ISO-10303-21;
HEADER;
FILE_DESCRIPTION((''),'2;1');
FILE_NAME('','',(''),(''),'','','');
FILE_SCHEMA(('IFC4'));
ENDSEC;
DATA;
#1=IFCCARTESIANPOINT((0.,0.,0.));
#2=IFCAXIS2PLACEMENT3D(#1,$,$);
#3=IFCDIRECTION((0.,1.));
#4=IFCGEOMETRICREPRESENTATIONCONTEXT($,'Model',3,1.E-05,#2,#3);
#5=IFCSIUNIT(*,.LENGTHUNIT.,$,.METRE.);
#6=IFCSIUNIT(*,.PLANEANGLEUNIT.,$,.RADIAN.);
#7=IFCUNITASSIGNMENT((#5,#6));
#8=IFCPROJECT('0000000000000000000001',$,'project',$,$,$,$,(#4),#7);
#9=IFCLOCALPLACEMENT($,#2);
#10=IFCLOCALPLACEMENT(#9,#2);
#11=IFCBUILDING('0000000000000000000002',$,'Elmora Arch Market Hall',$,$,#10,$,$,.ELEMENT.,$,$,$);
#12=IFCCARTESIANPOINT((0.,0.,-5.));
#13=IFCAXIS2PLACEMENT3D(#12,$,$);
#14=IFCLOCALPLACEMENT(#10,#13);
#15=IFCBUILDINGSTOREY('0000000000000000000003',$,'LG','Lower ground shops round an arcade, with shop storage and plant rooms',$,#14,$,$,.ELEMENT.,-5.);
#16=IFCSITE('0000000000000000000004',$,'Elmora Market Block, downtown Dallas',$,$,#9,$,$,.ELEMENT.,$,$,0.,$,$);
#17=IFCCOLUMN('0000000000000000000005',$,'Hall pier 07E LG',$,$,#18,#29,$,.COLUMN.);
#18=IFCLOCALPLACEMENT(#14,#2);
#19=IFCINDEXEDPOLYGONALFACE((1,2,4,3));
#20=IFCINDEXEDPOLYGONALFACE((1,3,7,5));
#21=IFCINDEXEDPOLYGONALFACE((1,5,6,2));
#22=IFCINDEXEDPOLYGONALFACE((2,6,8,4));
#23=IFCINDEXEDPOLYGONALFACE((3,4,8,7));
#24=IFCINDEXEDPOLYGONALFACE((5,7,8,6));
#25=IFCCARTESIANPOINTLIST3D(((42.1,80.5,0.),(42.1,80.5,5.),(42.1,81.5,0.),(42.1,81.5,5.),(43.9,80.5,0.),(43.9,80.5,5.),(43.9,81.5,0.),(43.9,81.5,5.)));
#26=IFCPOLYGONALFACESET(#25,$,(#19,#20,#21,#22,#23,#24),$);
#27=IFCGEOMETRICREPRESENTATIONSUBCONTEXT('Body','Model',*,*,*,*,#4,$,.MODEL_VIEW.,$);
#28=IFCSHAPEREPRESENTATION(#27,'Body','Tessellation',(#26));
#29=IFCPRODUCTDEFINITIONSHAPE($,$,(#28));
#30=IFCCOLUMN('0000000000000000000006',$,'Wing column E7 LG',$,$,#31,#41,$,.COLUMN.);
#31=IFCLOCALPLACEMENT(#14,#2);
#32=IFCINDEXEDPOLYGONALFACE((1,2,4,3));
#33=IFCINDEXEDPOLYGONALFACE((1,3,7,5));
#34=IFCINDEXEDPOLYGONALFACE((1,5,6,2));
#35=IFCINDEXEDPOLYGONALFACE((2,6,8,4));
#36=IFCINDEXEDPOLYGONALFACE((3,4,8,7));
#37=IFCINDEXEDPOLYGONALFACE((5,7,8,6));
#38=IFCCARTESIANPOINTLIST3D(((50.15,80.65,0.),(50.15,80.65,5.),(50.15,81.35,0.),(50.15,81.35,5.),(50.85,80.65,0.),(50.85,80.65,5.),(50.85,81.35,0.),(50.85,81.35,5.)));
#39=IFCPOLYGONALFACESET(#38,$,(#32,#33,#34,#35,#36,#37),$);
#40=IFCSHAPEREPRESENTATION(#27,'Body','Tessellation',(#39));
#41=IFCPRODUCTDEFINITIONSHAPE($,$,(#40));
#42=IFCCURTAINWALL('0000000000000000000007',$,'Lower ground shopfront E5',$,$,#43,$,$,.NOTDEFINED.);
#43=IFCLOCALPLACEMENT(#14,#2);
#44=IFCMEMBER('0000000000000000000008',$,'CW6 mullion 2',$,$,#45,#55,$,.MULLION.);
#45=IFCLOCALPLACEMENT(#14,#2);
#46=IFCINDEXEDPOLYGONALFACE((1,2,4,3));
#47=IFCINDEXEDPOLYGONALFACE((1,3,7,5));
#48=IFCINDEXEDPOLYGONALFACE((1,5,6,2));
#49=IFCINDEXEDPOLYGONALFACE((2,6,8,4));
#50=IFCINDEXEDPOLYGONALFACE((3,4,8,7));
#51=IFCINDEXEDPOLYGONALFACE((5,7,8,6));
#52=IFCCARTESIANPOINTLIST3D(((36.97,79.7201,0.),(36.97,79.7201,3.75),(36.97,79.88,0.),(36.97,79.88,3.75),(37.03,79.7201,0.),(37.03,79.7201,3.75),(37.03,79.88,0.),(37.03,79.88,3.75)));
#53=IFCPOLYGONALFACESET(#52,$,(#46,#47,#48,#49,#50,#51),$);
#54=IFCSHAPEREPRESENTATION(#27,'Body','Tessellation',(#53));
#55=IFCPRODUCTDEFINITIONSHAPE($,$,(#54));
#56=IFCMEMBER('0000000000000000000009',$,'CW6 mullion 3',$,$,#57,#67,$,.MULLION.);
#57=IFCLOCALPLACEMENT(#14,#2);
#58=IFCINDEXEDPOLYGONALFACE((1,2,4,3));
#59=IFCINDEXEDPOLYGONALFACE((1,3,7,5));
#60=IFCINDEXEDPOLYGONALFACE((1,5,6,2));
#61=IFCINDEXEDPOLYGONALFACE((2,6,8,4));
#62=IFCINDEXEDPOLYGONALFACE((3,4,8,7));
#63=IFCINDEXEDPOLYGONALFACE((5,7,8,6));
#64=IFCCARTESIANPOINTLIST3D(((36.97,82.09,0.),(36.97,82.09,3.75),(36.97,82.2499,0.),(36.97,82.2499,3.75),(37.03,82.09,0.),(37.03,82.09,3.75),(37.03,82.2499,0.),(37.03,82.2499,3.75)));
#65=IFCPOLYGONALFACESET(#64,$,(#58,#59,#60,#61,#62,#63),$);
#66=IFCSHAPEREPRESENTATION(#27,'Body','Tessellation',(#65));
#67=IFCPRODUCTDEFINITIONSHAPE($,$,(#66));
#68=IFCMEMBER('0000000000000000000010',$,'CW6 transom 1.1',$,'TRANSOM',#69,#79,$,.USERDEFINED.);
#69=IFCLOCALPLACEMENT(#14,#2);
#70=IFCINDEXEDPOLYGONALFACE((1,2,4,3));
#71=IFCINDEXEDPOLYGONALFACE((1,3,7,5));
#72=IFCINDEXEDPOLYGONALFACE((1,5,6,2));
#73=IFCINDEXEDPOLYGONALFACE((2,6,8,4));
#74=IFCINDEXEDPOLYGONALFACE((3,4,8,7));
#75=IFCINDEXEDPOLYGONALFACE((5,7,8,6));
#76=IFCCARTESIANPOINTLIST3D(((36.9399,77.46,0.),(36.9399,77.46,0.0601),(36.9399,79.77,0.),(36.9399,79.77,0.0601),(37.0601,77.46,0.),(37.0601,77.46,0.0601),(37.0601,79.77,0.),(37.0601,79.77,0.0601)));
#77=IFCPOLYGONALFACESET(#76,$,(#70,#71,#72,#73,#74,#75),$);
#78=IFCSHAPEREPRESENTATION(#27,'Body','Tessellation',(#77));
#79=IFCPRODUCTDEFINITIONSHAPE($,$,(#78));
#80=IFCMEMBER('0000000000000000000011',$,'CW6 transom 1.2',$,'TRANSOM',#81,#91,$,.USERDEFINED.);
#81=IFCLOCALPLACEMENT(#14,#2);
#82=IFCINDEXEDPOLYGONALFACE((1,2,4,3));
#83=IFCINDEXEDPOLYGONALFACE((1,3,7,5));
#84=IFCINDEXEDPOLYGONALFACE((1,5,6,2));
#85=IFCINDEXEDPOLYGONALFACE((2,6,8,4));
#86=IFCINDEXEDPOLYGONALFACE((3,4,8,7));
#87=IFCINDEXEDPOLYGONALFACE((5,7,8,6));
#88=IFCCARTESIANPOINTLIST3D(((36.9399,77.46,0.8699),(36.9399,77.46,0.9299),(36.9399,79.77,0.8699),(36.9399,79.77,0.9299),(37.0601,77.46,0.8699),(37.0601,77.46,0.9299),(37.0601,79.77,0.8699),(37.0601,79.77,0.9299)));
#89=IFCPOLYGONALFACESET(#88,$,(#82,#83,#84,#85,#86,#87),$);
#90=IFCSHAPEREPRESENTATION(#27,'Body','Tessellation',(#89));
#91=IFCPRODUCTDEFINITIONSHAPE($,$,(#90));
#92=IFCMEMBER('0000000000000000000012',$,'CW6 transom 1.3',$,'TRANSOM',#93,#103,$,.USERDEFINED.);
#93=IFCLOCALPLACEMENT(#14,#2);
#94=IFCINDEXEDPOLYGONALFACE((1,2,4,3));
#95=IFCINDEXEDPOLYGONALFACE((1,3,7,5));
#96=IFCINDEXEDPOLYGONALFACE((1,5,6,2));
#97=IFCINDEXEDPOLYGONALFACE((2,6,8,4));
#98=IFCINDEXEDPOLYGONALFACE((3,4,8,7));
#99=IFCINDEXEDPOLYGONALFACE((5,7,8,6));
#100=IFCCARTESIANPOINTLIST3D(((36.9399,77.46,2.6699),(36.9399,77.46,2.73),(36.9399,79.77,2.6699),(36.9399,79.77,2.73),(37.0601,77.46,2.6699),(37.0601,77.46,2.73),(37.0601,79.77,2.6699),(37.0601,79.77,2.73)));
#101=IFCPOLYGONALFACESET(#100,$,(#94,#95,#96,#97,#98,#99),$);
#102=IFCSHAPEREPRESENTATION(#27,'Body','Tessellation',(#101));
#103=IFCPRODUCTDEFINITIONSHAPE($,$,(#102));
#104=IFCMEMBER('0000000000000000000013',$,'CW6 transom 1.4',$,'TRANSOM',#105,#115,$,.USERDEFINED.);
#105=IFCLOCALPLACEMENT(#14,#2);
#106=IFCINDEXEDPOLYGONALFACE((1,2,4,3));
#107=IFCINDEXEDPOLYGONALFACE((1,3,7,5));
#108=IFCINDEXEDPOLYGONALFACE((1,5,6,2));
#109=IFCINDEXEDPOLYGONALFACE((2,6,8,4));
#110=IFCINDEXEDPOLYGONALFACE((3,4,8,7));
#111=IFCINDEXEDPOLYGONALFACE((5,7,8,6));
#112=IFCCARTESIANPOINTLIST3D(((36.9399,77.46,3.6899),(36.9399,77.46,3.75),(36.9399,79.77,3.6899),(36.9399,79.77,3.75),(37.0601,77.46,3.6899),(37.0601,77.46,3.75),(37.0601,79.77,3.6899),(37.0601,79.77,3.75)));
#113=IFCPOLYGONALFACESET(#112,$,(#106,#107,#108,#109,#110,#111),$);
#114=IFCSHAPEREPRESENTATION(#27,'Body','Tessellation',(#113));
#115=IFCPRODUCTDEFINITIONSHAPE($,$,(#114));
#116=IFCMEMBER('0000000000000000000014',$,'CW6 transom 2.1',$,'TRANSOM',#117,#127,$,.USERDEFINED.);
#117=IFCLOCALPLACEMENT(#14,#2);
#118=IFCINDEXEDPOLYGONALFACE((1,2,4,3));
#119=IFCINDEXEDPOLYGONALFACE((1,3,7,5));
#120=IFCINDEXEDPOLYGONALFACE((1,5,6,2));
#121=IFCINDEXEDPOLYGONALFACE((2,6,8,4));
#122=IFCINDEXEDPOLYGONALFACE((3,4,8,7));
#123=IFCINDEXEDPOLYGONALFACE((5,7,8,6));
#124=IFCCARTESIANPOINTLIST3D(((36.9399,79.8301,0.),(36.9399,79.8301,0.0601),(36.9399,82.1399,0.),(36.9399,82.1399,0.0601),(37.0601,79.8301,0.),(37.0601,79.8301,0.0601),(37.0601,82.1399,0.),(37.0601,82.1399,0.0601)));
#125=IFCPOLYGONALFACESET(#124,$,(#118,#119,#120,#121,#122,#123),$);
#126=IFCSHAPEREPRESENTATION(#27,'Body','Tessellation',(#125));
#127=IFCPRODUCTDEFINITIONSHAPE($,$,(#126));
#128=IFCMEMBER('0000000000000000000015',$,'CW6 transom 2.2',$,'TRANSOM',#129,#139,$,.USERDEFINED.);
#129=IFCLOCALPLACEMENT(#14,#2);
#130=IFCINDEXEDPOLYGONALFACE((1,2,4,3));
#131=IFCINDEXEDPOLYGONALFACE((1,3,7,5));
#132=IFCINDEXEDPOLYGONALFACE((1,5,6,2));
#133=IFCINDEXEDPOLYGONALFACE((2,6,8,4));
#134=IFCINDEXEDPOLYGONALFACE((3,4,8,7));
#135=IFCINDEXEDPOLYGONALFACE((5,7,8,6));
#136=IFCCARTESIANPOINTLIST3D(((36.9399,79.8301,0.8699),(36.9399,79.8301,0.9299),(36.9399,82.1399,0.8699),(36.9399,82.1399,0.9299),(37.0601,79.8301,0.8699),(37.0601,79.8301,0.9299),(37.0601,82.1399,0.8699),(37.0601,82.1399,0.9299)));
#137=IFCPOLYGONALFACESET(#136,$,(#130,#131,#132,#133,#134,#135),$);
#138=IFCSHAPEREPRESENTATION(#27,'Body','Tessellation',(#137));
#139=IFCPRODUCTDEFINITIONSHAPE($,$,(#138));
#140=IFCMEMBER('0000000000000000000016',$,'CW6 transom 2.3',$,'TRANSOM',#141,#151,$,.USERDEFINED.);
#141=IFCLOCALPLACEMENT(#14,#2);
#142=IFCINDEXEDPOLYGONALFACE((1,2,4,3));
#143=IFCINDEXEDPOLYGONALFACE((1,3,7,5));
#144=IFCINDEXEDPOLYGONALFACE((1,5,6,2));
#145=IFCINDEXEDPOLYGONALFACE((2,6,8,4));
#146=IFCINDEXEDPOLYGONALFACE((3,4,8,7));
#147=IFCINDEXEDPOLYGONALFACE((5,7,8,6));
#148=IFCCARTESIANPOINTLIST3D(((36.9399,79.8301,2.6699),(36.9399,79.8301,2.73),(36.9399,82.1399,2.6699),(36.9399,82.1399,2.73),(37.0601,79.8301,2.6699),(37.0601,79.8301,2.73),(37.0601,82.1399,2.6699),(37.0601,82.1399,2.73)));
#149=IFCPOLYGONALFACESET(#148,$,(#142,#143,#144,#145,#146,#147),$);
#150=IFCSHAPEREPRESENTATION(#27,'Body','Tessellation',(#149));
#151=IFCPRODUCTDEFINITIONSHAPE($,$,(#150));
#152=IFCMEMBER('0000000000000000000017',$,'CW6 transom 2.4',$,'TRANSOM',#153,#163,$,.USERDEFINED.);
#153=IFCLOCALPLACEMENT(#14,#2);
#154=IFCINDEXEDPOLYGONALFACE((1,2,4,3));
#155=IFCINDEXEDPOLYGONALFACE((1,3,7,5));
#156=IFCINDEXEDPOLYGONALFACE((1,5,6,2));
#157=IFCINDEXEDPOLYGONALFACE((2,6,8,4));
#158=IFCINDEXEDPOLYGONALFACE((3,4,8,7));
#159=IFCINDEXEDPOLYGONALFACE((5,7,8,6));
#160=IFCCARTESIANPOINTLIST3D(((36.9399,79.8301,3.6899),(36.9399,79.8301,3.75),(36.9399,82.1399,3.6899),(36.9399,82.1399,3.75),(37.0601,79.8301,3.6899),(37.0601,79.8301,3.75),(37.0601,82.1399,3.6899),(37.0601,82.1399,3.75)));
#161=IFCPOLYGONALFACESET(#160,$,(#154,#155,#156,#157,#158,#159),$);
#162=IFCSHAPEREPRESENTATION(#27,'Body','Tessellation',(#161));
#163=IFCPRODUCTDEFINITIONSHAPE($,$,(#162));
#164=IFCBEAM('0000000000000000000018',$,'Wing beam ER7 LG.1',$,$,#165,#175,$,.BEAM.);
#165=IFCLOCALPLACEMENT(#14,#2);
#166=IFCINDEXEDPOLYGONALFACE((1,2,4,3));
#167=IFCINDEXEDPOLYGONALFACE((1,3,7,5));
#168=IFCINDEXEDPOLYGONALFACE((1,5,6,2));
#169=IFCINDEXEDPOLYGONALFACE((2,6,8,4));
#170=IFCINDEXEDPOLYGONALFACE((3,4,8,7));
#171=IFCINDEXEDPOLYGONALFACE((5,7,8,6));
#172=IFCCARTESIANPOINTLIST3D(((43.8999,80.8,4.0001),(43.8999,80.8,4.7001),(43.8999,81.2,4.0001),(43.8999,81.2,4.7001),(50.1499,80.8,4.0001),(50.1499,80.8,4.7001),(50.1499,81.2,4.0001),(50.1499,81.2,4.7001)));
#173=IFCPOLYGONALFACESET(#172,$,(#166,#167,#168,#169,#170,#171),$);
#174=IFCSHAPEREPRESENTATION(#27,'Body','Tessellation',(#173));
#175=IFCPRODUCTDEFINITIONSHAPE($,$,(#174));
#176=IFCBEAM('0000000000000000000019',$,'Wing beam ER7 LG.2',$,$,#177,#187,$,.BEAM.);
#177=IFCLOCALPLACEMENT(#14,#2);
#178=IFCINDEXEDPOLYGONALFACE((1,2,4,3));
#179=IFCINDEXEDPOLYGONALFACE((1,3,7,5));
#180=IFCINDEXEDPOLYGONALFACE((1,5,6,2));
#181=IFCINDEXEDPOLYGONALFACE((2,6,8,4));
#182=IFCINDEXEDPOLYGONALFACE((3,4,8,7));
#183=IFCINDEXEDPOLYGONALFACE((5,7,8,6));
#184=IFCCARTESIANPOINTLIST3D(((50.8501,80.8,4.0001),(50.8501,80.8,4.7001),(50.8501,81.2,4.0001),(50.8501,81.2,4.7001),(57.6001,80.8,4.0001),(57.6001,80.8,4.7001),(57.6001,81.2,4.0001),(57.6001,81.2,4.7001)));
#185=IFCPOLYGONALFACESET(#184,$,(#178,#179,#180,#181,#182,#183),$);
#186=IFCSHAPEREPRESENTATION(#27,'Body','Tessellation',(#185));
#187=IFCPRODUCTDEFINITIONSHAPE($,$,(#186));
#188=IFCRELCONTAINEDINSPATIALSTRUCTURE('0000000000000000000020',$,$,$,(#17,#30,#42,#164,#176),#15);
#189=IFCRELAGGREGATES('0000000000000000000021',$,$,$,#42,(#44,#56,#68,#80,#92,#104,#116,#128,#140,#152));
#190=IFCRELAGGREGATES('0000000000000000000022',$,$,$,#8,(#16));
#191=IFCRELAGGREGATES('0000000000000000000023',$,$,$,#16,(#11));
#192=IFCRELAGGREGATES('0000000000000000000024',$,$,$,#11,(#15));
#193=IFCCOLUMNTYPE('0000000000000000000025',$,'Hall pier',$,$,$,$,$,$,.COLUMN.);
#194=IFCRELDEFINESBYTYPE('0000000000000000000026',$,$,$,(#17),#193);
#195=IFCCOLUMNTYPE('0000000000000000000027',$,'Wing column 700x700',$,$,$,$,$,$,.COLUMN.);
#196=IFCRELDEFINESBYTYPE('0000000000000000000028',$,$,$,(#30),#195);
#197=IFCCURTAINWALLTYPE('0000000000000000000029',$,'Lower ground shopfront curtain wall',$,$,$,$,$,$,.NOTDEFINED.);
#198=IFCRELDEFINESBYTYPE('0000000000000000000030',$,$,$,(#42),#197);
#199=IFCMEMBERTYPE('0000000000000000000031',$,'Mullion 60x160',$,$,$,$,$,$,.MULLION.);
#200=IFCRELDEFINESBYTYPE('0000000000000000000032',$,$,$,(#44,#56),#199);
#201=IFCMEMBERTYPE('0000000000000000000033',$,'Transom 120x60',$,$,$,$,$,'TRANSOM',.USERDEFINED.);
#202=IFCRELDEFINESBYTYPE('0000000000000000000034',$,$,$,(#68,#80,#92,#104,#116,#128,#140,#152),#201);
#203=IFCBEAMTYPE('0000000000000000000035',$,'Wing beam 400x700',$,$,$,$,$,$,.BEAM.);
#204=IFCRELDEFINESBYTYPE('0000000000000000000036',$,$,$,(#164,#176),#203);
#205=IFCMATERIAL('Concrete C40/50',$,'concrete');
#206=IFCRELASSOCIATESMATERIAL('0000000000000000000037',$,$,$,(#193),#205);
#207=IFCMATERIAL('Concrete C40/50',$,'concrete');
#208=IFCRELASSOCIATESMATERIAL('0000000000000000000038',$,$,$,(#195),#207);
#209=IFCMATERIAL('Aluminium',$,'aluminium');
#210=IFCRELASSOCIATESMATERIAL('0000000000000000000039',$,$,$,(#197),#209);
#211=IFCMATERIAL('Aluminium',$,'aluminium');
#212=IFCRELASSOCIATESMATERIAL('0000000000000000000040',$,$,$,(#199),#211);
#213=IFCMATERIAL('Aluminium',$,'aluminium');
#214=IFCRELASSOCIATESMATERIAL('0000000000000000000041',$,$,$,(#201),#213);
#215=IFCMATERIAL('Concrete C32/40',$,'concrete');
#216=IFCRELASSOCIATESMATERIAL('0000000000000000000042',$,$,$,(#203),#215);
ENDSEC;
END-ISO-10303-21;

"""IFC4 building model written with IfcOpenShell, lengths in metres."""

from ifc_helpers import new_model, si_unit, direction, frame, origin, origin_2d, place, context, subcontext, project, spatial, rectangle, extrude, material, material_profile, profile_set, type_object, element, aggregate, save


model = new_model("IFC4")

# Units and contexts
model_context = context("Model", 3, precision=1e-05, world=origin(), true_north=direction((0.0, 1.0)))
body_context = subcontext(model_context, "Body", "Model", "MODEL_VIEW")
ifc_project = project(units=[si_unit("LENGTHUNIT", "METRE"), si_unit("PLANEANGLEUNIT", "RADIAN")], contexts=[model_context])

# Site, building, storey
site_placement = place(None, origin())
site = spatial("IfcSite", under=ifc_project, at=site_placement, Name="Elmora Market Block, downtown Dallas", CompositionType="ELEMENT", RefElevation=0.0)
building_placement = place(site_placement, origin())
building = spatial("IfcBuilding", under=site, at=building_placement, Name="Elmora Arch Market Hall", CompositionType="ELEMENT")
storey_placement = place(building_placement, frame((0.0, 0.0, -5.0)))
storey = spatial("IfcBuildingStorey", under=building, at=storey_placement, Name="LG", Description="Lower ground shops round an arcade, with shop storage and plant rooms", CompositionType="ELEMENT", Elevation=-5.0)

# Columns
ifc_material_1 = material(Name="Concrete C40/50", Category="concrete")
ifc_material_profile_1 = material_profile(ifc_material_1, rectangle(XDim=1.8, YDim=1.0, at=origin_2d()), Name="Hall pier")
ifc_profile_set_1 = profile_set([ifc_material_profile_1], Name="Concrete C40/50")
column_type_1 = type_object("IfcColumnType", Name="Hall pier", PredefinedType="COLUMN", material=ifc_profile_set_1)
column_1_placement = place(storey_placement, frame((43.0, 81.0, 0.0), z_axis=(0.0, 0.0, 1.0), x_axis=(1.0, 0.0, 0.0)))
element("IfcColumn", 1, at=column_1_placement, inside=storey, type_object=column_type_1, Name="Hall pier 07E LG", PredefinedType="COLUMN", context=body_context, shape_type="SweptSolid", body=[
    extrude(rectangle(XDim=1.8, YDim=1.0, at=origin_2d()), origin(), (0.0, 0.0, 1.0), 5.0),
])
ifc_material_2 = material(Name="Concrete C40/50", Category="concrete")
ifc_material_profile_2 = material_profile(ifc_material_2, rectangle(XDim=0.7, YDim=0.7, at=origin_2d()), Name="Wing column 700x700")
ifc_profile_set_2 = profile_set([ifc_material_profile_2], Name="Concrete C40/50")
column_type_2 = type_object("IfcColumnType", Name="Wing column 700x700", PredefinedType="COLUMN", material=ifc_profile_set_2)
column_2_placement = place(storey_placement, frame((50.5, 81.0, 0.0), z_axis=(0.0, 0.0, 1.0), x_axis=(1.0, 0.0, 0.0)))
element("IfcColumn", 2, at=column_2_placement, inside=storey, type_object=column_type_2, Name="Wing column E7 LG", PredefinedType="COLUMN", context=body_context, shape_type="SweptSolid", body=[
    extrude(rectangle(XDim=0.7, YDim=0.7, at=origin_2d()), origin(), (0.0, 0.0, 1.0), 5.0),
])

# Curtain wall, members
ifc_material_3 = material(Name="Aluminium", Category="aluminium")
curtain_wall_type = type_object("IfcCurtainWallType", Name="Lower ground shopfront curtain wall", PredefinedType="NOTDEFINED", material=ifc_material_3)
curtain_wall_placement = place(storey_placement, origin())
curtain_wall = element("IfcCurtainWall", 3, at=curtain_wall_placement, inside=storey, type_object=curtain_wall_type, Name="Lower ground shopfront E5", PredefinedType="NOTDEFINED")
ifc_material_4 = material(Name="Aluminium", Category="aluminium")
ifc_material_profile_3 = material_profile(ifc_material_4, rectangle(XDim=0.0601, YDim=0.1599, at=origin_2d()), Name="AL 60x160")
ifc_profile_set_3 = profile_set([ifc_material_profile_3], Name="Aluminium")
member_type_1 = type_object("IfcMemberType", Name="Mullion 60x160", PredefinedType="MULLION", material=ifc_profile_set_3)
member_1_placement = place(storey_placement, frame((37.0, 79.8, 0.0), z_axis=(0.0, 0.0, 1.0), x_axis=(-1.0, 0.0, 0.0)))
member_1 = element("IfcMember", 4, at=member_1_placement, type_object=member_type_1, Name="CW6 mullion 2", PredefinedType="MULLION", context=body_context, shape_type="SweptSolid", body=[
    extrude(rectangle(XDim=0.0601, YDim=0.1599, at=origin_2d()), origin(), (0.0, 0.0, 1.0), 3.75),
])
member_2_placement = place(storey_placement, frame((37.0, 82.1699, 0.0), z_axis=(0.0, 0.0, 1.0), x_axis=(-1.0, 0.0, 0.0)))
member_2 = element("IfcMember", 5, at=member_2_placement, type_object=member_type_1, Name="CW6 mullion 3", PredefinedType="MULLION", context=body_context, shape_type="SweptSolid", body=[
    extrude(rectangle(XDim=0.0601, YDim=0.1599, at=origin_2d()), origin(), (0.0, 0.0, 1.0), 3.75),
])
ifc_material_5 = material(Name="Aluminium", Category="aluminium")
ifc_material_profile_4 = material_profile(ifc_material_5, rectangle(XDim=0.1201, YDim=0.0601, at=origin_2d()), Name="AL 120x60")
ifc_profile_set_4 = profile_set([ifc_material_profile_4], Name="Aluminium")
member_type_2 = type_object("IfcMemberType", Name="Transom 120x60", ElementType="TRANSOM", PredefinedType="USERDEFINED", material=ifc_profile_set_4)
member_3_placement = place(storey_placement, frame((37.0, 77.46, 0.03), z_axis=(0.0, 1.0, 0.0), x_axis=(-1.0, 0.0, 0.0)))
member_3 = element("IfcMember", 6, at=member_3_placement, type_object=member_type_2, Name="CW6 transom 1.1", ObjectType="TRANSOM", PredefinedType="USERDEFINED", context=body_context, shape_type="SweptSolid", body=[
    extrude(rectangle(XDim=0.1201, YDim=0.0601, at=origin_2d()), origin(), (0.0, 0.0, 1.0), 2.3101),
])
member_4_placement = place(storey_placement, frame((37.0, 77.46, 0.8999), z_axis=(0.0, 1.0, 0.0), x_axis=(-1.0, 0.0, 0.0)))
member_4 = element("IfcMember", 7, at=member_4_placement, type_object=member_type_2, Name="CW6 transom 1.2", ObjectType="TRANSOM", PredefinedType="USERDEFINED", context=body_context, shape_type="SweptSolid", body=[
    extrude(rectangle(XDim=0.1201, YDim=0.0601, at=origin_2d()), origin(), (0.0, 0.0, 1.0), 2.3101),
])
member_5_placement = place(storey_placement, frame((37.0, 77.46, 2.7), z_axis=(0.0, 1.0, 0.0), x_axis=(-1.0, 0.0, 0.0)))
member_5 = element("IfcMember", 8, at=member_5_placement, type_object=member_type_2, Name="CW6 transom 1.3", ObjectType="TRANSOM", PredefinedType="USERDEFINED", context=body_context, shape_type="SweptSolid", body=[
    extrude(rectangle(XDim=0.1201, YDim=0.0601, at=origin_2d()), origin(), (0.0, 0.0, 1.0), 2.3101),
])
member_6_placement = place(storey_placement, frame((37.0, 77.46, 3.72), z_axis=(0.0, 1.0, 0.0), x_axis=(-1.0, 0.0, 0.0)))
member_6 = element("IfcMember", 9, at=member_6_placement, type_object=member_type_2, Name="CW6 transom 1.4", ObjectType="TRANSOM", PredefinedType="USERDEFINED", context=body_context, shape_type="SweptSolid", body=[
    extrude(rectangle(XDim=0.1201, YDim=0.0601, at=origin_2d()), origin(), (0.0, 0.0, 1.0), 2.3101),
])
member_7_placement = place(storey_placement, frame((37.0, 79.8301, 0.03), z_axis=(0.0, 1.0, 0.0), x_axis=(-1.0, 0.0, 0.0)))
member_7 = element("IfcMember", 10, at=member_7_placement, type_object=member_type_2, Name="CW6 transom 2.1", ObjectType="TRANSOM", PredefinedType="USERDEFINED", context=body_context, shape_type="SweptSolid", body=[
    extrude(rectangle(XDim=0.1201, YDim=0.0601, at=origin_2d()), origin(), (0.0, 0.0, 1.0), 2.3098),
])
member_8_placement = place(storey_placement, frame((37.0, 79.8301, 0.8999), z_axis=(0.0, 1.0, 0.0), x_axis=(-1.0, 0.0, 0.0)))
member_8 = element("IfcMember", 11, at=member_8_placement, type_object=member_type_2, Name="CW6 transom 2.2", ObjectType="TRANSOM", PredefinedType="USERDEFINED", context=body_context, shape_type="SweptSolid", body=[
    extrude(rectangle(XDim=0.1201, YDim=0.0601, at=origin_2d()), origin(), (0.0, 0.0, 1.0), 2.3098),
])
member_9_placement = place(storey_placement, frame((37.0, 79.8301, 2.7), z_axis=(0.0, 1.0, 0.0), x_axis=(-1.0, 0.0, 0.0)))
member_9 = element("IfcMember", 12, at=member_9_placement, type_object=member_type_2, Name="CW6 transom 2.3", ObjectType="TRANSOM", PredefinedType="USERDEFINED", context=body_context, shape_type="SweptSolid", body=[
    extrude(rectangle(XDim=0.1201, YDim=0.0601, at=origin_2d()), origin(), (0.0, 0.0, 1.0), 2.3098),
])
member_10_placement = place(storey_placement, frame((37.0, 79.8301, 3.72), z_axis=(0.0, 1.0, 0.0), x_axis=(-1.0, 0.0, 0.0)))
member_10 = element("IfcMember", 13, at=member_10_placement, type_object=member_type_2, Name="CW6 transom 2.4", ObjectType="TRANSOM", PredefinedType="USERDEFINED", context=body_context, shape_type="SweptSolid", body=[
    extrude(rectangle(XDim=0.1201, YDim=0.0601, at=origin_2d()), origin(), (0.0, 0.0, 1.0), 2.3098),
])

# Beams
ifc_material_6 = material(Name="Concrete C32/40", Category="concrete")
ifc_material_profile_5 = material_profile(ifc_material_6, rectangle(XDim=0.3999, YDim=0.7, at=origin_2d()), Name="Wing beam 400x700")
ifc_profile_set_5 = profile_set([ifc_material_profile_5], Name="Concrete C32/40")
beam_type_1 = type_object("IfcBeamType", Name="Wing beam 400x700", PredefinedType="BEAM", material=ifc_profile_set_5)
beam_1_placement = place(storey_placement, frame((43.8999, 81.0, 4.3501), z_axis=(1.0, 0.0, 0.0), x_axis=(0.0, 1.0, 0.0)))
element("IfcBeam", 14, at=beam_1_placement, inside=storey, type_object=beam_type_1, Name="Wing beam ER7 LG.1", PredefinedType="BEAM", context=body_context, shape_type="SweptSolid", body=[
    extrude(rectangle(XDim=0.3999, YDim=0.7, at=origin_2d()), origin(), (0.0, 0.0, 1.0), 6.25),
])
beam_2_placement = place(storey_placement, frame((50.8501, 81.0, 4.3501), z_axis=(1.0, 0.0, 0.0), x_axis=(0.0, 1.0, 0.0)))
element("IfcBeam", 15, at=beam_2_placement, inside=storey, type_object=beam_type_1, Name="Wing beam ER7 LG.2", PredefinedType="BEAM", context=body_context, shape_type="SweptSolid", body=[
    extrude(rectangle(XDim=0.3999, YDim=0.7, at=origin_2d()), origin(), (0.0, 0.0, 1.0), 6.75),
])

aggregate(curtain_wall, [member_1, member_2, member_3, member_4, member_5, member_6, member_7, member_8, member_9, member_10])

save(model, "model.ifc")
